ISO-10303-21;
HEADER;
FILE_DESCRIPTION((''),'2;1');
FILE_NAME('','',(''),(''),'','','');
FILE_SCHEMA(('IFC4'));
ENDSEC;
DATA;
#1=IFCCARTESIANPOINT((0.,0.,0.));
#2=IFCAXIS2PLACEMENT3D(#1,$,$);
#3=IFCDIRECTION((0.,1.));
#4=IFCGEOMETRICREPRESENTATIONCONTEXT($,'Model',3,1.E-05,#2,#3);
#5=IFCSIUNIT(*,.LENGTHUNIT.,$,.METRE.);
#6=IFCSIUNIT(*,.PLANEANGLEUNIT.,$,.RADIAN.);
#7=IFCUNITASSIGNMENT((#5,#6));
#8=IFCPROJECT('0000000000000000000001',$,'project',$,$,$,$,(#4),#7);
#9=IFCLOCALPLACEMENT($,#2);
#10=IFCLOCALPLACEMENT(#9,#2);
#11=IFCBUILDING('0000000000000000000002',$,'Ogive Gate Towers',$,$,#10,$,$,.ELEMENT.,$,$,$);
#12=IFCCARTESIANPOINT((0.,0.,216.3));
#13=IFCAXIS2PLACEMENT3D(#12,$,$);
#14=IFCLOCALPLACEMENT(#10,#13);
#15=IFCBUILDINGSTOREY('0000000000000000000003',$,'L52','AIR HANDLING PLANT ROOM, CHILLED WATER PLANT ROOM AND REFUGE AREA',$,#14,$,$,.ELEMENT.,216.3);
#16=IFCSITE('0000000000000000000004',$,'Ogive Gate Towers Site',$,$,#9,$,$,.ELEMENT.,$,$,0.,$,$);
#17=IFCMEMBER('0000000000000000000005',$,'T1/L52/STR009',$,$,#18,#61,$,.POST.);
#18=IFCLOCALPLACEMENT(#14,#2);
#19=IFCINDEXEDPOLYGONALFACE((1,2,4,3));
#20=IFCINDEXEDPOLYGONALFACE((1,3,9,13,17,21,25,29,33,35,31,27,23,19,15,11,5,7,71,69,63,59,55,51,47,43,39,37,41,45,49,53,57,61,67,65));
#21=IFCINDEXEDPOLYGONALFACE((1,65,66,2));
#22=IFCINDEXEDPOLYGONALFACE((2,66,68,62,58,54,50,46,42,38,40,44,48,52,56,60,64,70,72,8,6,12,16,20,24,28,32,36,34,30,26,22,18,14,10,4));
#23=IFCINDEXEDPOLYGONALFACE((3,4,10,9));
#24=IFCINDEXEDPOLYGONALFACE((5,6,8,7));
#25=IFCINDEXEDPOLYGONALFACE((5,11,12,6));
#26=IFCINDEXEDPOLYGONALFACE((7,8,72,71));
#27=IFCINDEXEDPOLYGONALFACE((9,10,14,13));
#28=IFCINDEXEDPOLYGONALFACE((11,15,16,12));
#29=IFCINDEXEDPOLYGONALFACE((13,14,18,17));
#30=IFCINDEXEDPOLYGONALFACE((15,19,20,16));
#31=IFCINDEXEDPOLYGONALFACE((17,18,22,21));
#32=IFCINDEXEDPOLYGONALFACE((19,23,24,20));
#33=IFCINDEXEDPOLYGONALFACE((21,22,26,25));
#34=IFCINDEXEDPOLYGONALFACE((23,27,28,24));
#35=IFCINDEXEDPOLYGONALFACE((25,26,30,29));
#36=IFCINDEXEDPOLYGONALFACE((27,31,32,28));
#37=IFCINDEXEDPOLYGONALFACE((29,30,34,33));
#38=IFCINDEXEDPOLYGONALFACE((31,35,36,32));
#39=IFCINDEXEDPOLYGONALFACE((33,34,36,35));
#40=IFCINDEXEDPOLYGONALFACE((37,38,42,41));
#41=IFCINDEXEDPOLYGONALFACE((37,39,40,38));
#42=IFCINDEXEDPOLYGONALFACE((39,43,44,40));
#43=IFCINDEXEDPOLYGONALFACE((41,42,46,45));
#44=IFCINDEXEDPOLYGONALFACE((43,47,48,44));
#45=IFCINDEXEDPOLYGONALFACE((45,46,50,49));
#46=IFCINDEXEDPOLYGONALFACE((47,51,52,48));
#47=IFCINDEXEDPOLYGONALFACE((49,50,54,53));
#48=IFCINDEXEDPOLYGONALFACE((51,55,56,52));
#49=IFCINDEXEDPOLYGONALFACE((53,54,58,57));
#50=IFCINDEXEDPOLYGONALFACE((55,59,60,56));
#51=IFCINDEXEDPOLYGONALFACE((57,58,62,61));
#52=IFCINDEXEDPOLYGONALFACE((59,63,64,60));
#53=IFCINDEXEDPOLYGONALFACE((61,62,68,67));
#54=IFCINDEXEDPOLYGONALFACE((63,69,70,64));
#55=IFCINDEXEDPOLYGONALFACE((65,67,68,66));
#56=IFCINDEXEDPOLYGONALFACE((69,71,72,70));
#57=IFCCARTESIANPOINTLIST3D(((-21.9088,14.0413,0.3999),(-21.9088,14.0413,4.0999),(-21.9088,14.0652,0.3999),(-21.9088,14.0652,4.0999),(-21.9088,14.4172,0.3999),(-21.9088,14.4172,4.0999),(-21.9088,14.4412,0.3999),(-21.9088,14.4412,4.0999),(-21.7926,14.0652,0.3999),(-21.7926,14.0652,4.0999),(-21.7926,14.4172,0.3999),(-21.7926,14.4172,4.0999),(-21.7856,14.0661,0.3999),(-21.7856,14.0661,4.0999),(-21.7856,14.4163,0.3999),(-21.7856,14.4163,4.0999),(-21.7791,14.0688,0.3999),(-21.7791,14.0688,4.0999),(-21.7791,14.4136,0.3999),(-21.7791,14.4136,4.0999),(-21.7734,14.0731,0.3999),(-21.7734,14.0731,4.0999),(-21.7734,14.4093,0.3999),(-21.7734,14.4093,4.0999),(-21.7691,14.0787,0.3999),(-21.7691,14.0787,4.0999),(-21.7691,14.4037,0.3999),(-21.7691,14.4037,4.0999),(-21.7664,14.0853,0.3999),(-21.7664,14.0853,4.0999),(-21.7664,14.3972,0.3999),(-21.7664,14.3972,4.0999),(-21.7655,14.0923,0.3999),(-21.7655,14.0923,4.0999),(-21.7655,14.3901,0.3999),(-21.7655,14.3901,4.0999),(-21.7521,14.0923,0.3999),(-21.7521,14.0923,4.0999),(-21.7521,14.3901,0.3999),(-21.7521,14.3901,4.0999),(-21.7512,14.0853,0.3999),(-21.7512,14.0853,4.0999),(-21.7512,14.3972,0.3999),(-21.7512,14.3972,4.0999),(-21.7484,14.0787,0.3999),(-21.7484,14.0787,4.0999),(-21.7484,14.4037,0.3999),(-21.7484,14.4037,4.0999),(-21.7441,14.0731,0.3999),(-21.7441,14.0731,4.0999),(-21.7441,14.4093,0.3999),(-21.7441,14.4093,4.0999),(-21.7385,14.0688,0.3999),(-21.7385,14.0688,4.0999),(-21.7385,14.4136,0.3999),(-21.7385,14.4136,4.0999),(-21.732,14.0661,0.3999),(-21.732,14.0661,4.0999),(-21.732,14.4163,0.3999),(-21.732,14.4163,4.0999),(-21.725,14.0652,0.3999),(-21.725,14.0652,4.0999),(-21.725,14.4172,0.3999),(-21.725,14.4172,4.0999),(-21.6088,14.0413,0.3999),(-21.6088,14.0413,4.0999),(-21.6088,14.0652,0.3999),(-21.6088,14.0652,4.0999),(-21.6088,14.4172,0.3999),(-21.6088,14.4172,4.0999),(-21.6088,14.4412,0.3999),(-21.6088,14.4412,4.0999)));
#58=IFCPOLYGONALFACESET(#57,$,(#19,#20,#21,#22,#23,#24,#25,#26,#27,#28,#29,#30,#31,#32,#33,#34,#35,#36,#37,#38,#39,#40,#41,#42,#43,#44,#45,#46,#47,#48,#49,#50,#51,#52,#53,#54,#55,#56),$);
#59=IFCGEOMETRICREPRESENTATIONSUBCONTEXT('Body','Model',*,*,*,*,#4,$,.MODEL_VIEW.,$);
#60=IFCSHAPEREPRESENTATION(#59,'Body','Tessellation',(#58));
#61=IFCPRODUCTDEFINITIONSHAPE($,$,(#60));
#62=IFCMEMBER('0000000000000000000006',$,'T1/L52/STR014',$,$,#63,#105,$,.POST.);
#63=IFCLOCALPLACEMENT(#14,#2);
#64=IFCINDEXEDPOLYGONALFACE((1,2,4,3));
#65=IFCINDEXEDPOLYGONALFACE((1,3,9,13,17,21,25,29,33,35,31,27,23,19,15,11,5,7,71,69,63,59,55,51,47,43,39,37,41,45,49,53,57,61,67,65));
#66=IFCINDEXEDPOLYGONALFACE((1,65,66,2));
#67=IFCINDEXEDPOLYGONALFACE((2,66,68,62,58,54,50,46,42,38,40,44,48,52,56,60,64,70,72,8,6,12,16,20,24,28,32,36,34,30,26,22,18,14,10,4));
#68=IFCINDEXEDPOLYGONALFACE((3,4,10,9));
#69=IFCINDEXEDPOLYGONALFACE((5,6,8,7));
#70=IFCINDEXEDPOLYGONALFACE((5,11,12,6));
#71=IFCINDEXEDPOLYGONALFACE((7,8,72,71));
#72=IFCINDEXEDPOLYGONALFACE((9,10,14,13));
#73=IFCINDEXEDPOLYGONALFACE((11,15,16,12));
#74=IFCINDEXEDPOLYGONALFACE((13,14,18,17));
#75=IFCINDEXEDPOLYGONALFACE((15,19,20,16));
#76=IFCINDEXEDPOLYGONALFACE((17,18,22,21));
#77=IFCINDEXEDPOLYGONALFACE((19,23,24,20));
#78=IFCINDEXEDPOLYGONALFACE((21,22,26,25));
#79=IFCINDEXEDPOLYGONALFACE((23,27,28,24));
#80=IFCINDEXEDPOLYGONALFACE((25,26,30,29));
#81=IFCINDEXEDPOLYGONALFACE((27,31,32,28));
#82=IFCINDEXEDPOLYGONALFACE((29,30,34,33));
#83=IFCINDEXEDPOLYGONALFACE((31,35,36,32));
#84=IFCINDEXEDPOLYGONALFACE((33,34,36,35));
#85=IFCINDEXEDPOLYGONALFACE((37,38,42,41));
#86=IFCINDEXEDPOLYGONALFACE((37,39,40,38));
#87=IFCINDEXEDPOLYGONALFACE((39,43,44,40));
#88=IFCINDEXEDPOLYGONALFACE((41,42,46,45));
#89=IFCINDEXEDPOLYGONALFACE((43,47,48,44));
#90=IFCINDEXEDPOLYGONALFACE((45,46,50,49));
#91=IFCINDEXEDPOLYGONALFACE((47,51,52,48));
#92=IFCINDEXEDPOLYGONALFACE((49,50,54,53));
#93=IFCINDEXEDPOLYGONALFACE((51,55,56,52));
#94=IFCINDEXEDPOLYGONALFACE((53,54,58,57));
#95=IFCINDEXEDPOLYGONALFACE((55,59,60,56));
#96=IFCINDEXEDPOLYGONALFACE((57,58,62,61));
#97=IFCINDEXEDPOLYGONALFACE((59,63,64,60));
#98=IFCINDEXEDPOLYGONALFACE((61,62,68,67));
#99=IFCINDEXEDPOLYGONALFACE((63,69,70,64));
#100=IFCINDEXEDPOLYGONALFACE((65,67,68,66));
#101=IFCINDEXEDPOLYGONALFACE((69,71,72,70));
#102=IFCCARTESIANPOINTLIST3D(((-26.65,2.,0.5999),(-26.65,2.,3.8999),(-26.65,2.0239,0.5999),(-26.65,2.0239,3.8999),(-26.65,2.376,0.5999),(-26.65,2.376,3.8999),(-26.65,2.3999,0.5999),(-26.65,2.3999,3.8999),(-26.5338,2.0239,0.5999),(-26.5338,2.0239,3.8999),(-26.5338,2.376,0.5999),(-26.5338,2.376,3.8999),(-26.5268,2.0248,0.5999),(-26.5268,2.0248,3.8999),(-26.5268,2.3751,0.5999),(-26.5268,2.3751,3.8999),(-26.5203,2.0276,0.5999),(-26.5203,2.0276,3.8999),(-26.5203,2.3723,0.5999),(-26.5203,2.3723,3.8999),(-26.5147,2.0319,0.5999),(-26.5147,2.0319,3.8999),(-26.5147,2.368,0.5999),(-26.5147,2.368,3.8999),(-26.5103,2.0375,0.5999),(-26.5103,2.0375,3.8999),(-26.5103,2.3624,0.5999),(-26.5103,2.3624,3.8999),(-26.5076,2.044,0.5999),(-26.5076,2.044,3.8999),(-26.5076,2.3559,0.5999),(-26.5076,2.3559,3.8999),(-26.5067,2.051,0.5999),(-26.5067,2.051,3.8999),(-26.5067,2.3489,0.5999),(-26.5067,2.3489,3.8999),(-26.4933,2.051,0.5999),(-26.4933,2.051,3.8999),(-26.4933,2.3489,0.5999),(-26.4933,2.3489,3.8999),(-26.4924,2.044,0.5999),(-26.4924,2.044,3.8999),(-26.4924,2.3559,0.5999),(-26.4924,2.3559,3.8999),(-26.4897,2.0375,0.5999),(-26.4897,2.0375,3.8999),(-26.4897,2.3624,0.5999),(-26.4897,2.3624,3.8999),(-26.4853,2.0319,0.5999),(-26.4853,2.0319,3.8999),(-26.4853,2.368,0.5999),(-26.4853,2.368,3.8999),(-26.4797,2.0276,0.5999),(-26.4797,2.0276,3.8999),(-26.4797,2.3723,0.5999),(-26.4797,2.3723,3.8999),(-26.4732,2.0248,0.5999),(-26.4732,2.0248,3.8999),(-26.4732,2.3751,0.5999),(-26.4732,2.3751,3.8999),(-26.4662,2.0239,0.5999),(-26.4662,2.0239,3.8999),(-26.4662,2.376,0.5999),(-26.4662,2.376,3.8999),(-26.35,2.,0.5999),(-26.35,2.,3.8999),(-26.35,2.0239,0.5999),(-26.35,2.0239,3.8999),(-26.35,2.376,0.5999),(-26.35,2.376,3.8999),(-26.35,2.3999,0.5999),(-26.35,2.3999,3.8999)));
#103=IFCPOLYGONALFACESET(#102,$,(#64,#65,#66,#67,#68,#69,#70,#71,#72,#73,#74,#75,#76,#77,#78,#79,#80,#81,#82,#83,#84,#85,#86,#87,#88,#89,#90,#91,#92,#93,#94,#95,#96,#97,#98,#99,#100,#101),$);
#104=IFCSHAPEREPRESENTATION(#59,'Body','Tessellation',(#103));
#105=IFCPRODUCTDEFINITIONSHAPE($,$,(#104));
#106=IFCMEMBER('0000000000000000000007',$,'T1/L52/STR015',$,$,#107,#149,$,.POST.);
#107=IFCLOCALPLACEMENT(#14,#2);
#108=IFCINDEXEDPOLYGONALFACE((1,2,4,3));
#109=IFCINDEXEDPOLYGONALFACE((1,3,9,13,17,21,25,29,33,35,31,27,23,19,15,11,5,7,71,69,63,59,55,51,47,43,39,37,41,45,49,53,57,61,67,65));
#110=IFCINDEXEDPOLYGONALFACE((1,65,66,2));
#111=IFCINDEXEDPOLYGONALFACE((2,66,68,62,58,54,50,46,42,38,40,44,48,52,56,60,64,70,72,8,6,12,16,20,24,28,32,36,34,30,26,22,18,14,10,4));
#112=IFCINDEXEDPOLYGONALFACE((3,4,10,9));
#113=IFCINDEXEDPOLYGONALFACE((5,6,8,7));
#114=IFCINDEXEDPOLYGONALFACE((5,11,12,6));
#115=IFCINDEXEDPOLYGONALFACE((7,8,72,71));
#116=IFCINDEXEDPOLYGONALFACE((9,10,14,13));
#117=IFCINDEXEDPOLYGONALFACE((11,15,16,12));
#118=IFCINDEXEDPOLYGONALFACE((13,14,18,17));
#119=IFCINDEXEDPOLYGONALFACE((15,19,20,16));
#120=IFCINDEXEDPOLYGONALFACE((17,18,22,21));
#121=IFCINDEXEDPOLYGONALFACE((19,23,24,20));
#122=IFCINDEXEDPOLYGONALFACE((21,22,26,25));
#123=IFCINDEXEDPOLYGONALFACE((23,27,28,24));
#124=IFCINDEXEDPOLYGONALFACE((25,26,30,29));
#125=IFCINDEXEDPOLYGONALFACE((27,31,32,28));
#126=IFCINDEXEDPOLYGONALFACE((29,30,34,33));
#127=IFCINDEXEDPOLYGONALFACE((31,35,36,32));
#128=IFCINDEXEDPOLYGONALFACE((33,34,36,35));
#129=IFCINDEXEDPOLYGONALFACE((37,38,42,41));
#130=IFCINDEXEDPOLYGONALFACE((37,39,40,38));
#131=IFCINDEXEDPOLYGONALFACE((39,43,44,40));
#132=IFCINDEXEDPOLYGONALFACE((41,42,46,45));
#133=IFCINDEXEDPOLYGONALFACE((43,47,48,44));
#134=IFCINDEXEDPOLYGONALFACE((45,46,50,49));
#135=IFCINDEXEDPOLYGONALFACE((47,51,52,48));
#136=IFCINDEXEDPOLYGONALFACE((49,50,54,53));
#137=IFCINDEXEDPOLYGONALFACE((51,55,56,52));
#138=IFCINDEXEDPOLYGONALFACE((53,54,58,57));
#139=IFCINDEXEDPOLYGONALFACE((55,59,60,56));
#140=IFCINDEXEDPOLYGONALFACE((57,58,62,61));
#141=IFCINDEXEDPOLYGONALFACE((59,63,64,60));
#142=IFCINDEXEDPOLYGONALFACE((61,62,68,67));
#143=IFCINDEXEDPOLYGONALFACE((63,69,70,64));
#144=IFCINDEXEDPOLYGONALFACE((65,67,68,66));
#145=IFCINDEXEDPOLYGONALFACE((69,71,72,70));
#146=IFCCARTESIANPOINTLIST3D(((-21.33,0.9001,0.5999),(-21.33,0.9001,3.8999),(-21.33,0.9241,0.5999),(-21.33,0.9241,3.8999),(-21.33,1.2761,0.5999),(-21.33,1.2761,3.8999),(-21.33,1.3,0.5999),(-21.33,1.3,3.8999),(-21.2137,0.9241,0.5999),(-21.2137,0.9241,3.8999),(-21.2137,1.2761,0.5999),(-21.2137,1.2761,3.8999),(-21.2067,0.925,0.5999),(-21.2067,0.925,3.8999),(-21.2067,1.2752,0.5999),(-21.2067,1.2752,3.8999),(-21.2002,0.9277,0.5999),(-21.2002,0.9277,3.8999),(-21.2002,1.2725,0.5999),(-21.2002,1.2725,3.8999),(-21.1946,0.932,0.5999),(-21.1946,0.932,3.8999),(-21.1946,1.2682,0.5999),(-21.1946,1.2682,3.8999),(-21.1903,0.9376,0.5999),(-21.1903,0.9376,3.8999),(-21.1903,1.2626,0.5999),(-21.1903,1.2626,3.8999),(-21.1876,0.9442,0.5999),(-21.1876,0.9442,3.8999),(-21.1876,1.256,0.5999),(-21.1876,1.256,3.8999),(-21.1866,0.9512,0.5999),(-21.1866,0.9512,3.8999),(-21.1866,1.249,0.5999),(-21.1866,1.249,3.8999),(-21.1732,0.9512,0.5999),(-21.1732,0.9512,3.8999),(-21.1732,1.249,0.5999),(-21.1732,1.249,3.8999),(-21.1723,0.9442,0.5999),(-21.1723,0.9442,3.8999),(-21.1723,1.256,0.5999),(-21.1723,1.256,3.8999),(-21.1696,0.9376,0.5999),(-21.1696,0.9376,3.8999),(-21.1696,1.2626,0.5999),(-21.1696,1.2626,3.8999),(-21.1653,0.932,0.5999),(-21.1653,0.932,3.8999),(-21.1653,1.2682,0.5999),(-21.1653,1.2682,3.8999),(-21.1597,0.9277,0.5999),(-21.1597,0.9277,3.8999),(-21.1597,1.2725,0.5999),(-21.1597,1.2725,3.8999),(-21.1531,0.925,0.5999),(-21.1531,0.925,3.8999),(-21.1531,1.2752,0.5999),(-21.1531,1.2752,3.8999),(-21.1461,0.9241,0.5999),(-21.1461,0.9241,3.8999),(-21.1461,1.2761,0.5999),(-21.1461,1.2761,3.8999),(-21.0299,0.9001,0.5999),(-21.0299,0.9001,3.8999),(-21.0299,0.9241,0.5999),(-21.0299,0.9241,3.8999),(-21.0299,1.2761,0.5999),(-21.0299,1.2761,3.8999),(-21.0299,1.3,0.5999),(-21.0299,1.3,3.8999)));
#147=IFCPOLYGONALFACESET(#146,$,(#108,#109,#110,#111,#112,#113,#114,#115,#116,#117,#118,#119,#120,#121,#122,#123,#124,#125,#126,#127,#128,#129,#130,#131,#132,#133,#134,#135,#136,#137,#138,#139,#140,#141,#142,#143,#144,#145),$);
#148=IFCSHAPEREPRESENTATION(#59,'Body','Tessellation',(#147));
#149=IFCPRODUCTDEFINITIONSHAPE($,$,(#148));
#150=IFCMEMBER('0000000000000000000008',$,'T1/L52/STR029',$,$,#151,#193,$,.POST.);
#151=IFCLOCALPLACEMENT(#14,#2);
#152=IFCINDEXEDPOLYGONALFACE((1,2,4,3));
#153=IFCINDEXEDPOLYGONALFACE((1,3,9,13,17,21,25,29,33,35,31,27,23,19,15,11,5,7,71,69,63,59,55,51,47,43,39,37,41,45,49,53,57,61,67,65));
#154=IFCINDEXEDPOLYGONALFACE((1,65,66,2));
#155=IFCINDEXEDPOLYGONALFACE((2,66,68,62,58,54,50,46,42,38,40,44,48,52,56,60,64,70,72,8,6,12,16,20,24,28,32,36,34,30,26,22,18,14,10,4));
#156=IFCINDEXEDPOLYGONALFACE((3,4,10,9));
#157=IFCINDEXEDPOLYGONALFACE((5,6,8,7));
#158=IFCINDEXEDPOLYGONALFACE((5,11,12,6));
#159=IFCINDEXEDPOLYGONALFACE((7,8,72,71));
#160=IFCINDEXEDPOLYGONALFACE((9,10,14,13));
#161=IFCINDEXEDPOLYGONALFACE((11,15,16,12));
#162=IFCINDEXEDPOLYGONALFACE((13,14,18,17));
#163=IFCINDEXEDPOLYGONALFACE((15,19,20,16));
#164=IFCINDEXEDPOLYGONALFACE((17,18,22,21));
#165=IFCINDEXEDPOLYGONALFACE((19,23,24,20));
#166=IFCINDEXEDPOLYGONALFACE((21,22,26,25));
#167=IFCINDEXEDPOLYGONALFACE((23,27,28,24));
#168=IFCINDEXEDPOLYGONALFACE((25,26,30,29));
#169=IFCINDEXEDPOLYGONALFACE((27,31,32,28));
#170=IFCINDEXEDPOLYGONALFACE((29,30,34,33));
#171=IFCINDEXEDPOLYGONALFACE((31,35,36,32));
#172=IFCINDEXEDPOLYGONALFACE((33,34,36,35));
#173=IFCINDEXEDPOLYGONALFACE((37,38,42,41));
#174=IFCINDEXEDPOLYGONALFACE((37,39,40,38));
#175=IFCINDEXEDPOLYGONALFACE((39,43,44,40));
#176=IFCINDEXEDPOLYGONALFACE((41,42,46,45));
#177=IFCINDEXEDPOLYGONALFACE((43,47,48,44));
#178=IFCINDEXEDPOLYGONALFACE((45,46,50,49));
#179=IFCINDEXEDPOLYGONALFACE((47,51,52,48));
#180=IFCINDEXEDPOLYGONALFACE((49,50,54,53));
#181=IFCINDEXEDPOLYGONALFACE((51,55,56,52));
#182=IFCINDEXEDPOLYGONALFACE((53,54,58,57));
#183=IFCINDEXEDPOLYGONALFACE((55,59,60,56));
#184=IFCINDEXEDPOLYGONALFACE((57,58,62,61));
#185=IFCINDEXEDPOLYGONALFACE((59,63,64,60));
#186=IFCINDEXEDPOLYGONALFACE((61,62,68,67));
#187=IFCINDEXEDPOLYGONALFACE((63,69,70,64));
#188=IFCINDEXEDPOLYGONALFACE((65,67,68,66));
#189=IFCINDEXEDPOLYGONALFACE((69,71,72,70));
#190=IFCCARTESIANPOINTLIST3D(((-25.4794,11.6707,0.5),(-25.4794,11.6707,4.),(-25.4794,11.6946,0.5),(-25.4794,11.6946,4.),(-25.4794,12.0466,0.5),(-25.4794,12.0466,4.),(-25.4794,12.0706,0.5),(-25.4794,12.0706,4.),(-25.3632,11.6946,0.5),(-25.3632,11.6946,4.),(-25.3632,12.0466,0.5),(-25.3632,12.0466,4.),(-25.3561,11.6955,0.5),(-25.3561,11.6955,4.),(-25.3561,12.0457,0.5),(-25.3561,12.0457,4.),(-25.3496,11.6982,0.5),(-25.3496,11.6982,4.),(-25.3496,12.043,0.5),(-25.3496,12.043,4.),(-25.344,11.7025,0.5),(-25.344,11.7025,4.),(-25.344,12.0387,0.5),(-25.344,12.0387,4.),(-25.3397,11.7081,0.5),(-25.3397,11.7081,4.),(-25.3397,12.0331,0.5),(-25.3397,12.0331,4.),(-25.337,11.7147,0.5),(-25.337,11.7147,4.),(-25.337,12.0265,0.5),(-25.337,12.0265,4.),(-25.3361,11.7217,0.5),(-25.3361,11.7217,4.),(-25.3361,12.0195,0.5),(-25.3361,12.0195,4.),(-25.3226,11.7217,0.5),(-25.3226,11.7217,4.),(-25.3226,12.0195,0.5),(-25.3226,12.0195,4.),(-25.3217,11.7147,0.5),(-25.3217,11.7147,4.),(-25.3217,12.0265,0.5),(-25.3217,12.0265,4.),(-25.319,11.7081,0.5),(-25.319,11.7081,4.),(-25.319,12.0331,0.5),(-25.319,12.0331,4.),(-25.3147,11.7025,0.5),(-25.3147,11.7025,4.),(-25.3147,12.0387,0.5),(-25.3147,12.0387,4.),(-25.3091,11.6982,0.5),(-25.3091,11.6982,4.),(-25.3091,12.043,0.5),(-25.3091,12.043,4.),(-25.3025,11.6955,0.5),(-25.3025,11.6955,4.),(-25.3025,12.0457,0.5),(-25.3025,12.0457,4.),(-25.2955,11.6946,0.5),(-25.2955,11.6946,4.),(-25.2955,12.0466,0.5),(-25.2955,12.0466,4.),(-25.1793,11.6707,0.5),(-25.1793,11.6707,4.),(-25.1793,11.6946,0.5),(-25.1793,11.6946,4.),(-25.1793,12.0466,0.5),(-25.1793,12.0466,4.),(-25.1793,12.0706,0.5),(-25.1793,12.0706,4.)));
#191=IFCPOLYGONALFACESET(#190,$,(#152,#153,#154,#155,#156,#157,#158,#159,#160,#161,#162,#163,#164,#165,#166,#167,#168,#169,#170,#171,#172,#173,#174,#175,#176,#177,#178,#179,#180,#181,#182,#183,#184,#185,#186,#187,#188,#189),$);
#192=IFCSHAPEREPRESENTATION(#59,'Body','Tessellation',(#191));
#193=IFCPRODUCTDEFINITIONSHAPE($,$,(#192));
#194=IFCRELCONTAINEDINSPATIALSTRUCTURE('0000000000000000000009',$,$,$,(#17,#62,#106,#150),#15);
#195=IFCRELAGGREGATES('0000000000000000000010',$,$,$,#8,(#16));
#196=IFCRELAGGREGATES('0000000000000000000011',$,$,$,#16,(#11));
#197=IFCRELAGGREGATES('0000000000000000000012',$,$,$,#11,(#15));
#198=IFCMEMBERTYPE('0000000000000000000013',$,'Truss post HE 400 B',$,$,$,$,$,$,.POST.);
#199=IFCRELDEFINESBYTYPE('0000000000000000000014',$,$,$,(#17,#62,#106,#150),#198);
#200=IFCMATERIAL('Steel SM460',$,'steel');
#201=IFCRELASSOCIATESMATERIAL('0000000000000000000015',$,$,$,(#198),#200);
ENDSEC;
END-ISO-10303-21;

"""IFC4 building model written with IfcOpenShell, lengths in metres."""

from ifc_helpers import new_model, si_unit, direction, frame, origin, origin_2d, place, context, subcontext, project, spatial, i_section, extrude, material, material_profile, profile_set, type_object, element, save


model = new_model("IFC4")

# Units and contexts
model_context = context("Model", 3, precision=1e-05, world=origin(), true_north=direction((0.0, 1.0)))
body_context = subcontext(model_context, "Body", "Model", "MODEL_VIEW")
ifc_project = project(units=[si_unit("LENGTHUNIT", "METRE"), si_unit("PLANEANGLEUNIT", "RADIAN")], contexts=[model_context])

# Site, building, storey
site_placement = place(None, origin())
site = spatial("IfcSite", under=ifc_project, at=site_placement, Name="Ogive Gate Towers Site", CompositionType="ELEMENT", RefElevation=0.0)
building_placement = place(site_placement, origin())
building = spatial("IfcBuilding", under=site, at=building_placement, Name="Ogive Gate Towers", CompositionType="ELEMENT")
storey_placement = place(building_placement, frame((0.0, 0.0, 216.3)))
storey = spatial("IfcBuildingStorey", under=building, at=storey_placement, Name="L52", Description="AIR HANDLING PLANT ROOM, CHILLED WATER PLANT ROOM AND REFUGE AREA", CompositionType="ELEMENT", Elevation=216.3)

# Shared definitions
ifc_material_1 = material(Name="Steel SM460", Category="steel")

# Members
ifc_material_profile_1 = material_profile(ifc_material_1, i_section(OverallWidth=0.3, OverallDepth=0.3999, WebThickness=0.0134, FlangeThickness=0.0239, FilletRadius=0.0271, at=origin_2d()), Name="HE 400 B")
ifc_profile_set_1 = profile_set([ifc_material_profile_1], Name="Steel SM460")
member_type_1 = type_object("IfcMemberType", Name="Truss post HE 400 B", PredefinedType="POST", material=ifc_profile_set_1)
for number, where, z_axis, x_axis, name in (
    (1, (-21.7588, 14.2412, 0.3999), (0.0, 0.0, 1.0), (1.0, 0.0, 0.0), "T1/L52/STR009"),
):
    element("IfcMember", number, at=place(storey_placement, frame(where, z_axis=z_axis, x_axis=x_axis)), inside=storey, type_object=member_type_1, Name=name, PredefinedType="POST", context=body_context, shape_type="SweptSolid", body=[
        extrude(i_section(OverallWidth=0.3, OverallDepth=0.3999, WebThickness=0.0134, FlangeThickness=0.0239, FilletRadius=0.0271, at=origin_2d()), origin(), (0.0, 0.0, 1.0), 3.7),
    ])
for number, where, z_axis, x_axis, name in (
    (2, (-26.5, 2.2, 0.5999), (0.0, 0.0, 1.0), (1.0, 0.0, 0.0), "T1/L52/STR014"),
    (3, (-21.1799, 1.1001, 0.5999), (0.0, 0.0, 1.0), (1.0, 0.0, 0.0), "T1/L52/STR015"),
):
    element("IfcMember", number, at=place(storey_placement, frame(where, z_axis=z_axis, x_axis=x_axis)), inside=storey, type_object=member_type_1, Name=name, PredefinedType="POST", context=body_context, shape_type="SweptSolid", body=[
        extrude(i_section(OverallWidth=0.3, OverallDepth=0.3999, WebThickness=0.0134, FlangeThickness=0.0239, FilletRadius=0.0271, at=origin_2d()), origin(), (0.0, 0.0, 1.0), 3.3),
    ])
member_1_placement = place(storey_placement, frame((-25.3293, 11.8706, 0.5), z_axis=(0.0, 0.0, 1.0), x_axis=(1.0, 0.0, 0.0)))
element("IfcMember", 4, at=member_1_placement, inside=storey, type_object=member_type_1, Name="T1/L52/STR029", PredefinedType="POST", context=body_context, shape_type="SweptSolid", body=[
    extrude(i_section(OverallWidth=0.3, OverallDepth=0.3999, WebThickness=0.0134, FlangeThickness=0.0239, FilletRadius=0.0271, at=origin_2d()), origin(), (0.0, 0.0, 1.0), 3.5),
])

save(model, "model.ifc")
